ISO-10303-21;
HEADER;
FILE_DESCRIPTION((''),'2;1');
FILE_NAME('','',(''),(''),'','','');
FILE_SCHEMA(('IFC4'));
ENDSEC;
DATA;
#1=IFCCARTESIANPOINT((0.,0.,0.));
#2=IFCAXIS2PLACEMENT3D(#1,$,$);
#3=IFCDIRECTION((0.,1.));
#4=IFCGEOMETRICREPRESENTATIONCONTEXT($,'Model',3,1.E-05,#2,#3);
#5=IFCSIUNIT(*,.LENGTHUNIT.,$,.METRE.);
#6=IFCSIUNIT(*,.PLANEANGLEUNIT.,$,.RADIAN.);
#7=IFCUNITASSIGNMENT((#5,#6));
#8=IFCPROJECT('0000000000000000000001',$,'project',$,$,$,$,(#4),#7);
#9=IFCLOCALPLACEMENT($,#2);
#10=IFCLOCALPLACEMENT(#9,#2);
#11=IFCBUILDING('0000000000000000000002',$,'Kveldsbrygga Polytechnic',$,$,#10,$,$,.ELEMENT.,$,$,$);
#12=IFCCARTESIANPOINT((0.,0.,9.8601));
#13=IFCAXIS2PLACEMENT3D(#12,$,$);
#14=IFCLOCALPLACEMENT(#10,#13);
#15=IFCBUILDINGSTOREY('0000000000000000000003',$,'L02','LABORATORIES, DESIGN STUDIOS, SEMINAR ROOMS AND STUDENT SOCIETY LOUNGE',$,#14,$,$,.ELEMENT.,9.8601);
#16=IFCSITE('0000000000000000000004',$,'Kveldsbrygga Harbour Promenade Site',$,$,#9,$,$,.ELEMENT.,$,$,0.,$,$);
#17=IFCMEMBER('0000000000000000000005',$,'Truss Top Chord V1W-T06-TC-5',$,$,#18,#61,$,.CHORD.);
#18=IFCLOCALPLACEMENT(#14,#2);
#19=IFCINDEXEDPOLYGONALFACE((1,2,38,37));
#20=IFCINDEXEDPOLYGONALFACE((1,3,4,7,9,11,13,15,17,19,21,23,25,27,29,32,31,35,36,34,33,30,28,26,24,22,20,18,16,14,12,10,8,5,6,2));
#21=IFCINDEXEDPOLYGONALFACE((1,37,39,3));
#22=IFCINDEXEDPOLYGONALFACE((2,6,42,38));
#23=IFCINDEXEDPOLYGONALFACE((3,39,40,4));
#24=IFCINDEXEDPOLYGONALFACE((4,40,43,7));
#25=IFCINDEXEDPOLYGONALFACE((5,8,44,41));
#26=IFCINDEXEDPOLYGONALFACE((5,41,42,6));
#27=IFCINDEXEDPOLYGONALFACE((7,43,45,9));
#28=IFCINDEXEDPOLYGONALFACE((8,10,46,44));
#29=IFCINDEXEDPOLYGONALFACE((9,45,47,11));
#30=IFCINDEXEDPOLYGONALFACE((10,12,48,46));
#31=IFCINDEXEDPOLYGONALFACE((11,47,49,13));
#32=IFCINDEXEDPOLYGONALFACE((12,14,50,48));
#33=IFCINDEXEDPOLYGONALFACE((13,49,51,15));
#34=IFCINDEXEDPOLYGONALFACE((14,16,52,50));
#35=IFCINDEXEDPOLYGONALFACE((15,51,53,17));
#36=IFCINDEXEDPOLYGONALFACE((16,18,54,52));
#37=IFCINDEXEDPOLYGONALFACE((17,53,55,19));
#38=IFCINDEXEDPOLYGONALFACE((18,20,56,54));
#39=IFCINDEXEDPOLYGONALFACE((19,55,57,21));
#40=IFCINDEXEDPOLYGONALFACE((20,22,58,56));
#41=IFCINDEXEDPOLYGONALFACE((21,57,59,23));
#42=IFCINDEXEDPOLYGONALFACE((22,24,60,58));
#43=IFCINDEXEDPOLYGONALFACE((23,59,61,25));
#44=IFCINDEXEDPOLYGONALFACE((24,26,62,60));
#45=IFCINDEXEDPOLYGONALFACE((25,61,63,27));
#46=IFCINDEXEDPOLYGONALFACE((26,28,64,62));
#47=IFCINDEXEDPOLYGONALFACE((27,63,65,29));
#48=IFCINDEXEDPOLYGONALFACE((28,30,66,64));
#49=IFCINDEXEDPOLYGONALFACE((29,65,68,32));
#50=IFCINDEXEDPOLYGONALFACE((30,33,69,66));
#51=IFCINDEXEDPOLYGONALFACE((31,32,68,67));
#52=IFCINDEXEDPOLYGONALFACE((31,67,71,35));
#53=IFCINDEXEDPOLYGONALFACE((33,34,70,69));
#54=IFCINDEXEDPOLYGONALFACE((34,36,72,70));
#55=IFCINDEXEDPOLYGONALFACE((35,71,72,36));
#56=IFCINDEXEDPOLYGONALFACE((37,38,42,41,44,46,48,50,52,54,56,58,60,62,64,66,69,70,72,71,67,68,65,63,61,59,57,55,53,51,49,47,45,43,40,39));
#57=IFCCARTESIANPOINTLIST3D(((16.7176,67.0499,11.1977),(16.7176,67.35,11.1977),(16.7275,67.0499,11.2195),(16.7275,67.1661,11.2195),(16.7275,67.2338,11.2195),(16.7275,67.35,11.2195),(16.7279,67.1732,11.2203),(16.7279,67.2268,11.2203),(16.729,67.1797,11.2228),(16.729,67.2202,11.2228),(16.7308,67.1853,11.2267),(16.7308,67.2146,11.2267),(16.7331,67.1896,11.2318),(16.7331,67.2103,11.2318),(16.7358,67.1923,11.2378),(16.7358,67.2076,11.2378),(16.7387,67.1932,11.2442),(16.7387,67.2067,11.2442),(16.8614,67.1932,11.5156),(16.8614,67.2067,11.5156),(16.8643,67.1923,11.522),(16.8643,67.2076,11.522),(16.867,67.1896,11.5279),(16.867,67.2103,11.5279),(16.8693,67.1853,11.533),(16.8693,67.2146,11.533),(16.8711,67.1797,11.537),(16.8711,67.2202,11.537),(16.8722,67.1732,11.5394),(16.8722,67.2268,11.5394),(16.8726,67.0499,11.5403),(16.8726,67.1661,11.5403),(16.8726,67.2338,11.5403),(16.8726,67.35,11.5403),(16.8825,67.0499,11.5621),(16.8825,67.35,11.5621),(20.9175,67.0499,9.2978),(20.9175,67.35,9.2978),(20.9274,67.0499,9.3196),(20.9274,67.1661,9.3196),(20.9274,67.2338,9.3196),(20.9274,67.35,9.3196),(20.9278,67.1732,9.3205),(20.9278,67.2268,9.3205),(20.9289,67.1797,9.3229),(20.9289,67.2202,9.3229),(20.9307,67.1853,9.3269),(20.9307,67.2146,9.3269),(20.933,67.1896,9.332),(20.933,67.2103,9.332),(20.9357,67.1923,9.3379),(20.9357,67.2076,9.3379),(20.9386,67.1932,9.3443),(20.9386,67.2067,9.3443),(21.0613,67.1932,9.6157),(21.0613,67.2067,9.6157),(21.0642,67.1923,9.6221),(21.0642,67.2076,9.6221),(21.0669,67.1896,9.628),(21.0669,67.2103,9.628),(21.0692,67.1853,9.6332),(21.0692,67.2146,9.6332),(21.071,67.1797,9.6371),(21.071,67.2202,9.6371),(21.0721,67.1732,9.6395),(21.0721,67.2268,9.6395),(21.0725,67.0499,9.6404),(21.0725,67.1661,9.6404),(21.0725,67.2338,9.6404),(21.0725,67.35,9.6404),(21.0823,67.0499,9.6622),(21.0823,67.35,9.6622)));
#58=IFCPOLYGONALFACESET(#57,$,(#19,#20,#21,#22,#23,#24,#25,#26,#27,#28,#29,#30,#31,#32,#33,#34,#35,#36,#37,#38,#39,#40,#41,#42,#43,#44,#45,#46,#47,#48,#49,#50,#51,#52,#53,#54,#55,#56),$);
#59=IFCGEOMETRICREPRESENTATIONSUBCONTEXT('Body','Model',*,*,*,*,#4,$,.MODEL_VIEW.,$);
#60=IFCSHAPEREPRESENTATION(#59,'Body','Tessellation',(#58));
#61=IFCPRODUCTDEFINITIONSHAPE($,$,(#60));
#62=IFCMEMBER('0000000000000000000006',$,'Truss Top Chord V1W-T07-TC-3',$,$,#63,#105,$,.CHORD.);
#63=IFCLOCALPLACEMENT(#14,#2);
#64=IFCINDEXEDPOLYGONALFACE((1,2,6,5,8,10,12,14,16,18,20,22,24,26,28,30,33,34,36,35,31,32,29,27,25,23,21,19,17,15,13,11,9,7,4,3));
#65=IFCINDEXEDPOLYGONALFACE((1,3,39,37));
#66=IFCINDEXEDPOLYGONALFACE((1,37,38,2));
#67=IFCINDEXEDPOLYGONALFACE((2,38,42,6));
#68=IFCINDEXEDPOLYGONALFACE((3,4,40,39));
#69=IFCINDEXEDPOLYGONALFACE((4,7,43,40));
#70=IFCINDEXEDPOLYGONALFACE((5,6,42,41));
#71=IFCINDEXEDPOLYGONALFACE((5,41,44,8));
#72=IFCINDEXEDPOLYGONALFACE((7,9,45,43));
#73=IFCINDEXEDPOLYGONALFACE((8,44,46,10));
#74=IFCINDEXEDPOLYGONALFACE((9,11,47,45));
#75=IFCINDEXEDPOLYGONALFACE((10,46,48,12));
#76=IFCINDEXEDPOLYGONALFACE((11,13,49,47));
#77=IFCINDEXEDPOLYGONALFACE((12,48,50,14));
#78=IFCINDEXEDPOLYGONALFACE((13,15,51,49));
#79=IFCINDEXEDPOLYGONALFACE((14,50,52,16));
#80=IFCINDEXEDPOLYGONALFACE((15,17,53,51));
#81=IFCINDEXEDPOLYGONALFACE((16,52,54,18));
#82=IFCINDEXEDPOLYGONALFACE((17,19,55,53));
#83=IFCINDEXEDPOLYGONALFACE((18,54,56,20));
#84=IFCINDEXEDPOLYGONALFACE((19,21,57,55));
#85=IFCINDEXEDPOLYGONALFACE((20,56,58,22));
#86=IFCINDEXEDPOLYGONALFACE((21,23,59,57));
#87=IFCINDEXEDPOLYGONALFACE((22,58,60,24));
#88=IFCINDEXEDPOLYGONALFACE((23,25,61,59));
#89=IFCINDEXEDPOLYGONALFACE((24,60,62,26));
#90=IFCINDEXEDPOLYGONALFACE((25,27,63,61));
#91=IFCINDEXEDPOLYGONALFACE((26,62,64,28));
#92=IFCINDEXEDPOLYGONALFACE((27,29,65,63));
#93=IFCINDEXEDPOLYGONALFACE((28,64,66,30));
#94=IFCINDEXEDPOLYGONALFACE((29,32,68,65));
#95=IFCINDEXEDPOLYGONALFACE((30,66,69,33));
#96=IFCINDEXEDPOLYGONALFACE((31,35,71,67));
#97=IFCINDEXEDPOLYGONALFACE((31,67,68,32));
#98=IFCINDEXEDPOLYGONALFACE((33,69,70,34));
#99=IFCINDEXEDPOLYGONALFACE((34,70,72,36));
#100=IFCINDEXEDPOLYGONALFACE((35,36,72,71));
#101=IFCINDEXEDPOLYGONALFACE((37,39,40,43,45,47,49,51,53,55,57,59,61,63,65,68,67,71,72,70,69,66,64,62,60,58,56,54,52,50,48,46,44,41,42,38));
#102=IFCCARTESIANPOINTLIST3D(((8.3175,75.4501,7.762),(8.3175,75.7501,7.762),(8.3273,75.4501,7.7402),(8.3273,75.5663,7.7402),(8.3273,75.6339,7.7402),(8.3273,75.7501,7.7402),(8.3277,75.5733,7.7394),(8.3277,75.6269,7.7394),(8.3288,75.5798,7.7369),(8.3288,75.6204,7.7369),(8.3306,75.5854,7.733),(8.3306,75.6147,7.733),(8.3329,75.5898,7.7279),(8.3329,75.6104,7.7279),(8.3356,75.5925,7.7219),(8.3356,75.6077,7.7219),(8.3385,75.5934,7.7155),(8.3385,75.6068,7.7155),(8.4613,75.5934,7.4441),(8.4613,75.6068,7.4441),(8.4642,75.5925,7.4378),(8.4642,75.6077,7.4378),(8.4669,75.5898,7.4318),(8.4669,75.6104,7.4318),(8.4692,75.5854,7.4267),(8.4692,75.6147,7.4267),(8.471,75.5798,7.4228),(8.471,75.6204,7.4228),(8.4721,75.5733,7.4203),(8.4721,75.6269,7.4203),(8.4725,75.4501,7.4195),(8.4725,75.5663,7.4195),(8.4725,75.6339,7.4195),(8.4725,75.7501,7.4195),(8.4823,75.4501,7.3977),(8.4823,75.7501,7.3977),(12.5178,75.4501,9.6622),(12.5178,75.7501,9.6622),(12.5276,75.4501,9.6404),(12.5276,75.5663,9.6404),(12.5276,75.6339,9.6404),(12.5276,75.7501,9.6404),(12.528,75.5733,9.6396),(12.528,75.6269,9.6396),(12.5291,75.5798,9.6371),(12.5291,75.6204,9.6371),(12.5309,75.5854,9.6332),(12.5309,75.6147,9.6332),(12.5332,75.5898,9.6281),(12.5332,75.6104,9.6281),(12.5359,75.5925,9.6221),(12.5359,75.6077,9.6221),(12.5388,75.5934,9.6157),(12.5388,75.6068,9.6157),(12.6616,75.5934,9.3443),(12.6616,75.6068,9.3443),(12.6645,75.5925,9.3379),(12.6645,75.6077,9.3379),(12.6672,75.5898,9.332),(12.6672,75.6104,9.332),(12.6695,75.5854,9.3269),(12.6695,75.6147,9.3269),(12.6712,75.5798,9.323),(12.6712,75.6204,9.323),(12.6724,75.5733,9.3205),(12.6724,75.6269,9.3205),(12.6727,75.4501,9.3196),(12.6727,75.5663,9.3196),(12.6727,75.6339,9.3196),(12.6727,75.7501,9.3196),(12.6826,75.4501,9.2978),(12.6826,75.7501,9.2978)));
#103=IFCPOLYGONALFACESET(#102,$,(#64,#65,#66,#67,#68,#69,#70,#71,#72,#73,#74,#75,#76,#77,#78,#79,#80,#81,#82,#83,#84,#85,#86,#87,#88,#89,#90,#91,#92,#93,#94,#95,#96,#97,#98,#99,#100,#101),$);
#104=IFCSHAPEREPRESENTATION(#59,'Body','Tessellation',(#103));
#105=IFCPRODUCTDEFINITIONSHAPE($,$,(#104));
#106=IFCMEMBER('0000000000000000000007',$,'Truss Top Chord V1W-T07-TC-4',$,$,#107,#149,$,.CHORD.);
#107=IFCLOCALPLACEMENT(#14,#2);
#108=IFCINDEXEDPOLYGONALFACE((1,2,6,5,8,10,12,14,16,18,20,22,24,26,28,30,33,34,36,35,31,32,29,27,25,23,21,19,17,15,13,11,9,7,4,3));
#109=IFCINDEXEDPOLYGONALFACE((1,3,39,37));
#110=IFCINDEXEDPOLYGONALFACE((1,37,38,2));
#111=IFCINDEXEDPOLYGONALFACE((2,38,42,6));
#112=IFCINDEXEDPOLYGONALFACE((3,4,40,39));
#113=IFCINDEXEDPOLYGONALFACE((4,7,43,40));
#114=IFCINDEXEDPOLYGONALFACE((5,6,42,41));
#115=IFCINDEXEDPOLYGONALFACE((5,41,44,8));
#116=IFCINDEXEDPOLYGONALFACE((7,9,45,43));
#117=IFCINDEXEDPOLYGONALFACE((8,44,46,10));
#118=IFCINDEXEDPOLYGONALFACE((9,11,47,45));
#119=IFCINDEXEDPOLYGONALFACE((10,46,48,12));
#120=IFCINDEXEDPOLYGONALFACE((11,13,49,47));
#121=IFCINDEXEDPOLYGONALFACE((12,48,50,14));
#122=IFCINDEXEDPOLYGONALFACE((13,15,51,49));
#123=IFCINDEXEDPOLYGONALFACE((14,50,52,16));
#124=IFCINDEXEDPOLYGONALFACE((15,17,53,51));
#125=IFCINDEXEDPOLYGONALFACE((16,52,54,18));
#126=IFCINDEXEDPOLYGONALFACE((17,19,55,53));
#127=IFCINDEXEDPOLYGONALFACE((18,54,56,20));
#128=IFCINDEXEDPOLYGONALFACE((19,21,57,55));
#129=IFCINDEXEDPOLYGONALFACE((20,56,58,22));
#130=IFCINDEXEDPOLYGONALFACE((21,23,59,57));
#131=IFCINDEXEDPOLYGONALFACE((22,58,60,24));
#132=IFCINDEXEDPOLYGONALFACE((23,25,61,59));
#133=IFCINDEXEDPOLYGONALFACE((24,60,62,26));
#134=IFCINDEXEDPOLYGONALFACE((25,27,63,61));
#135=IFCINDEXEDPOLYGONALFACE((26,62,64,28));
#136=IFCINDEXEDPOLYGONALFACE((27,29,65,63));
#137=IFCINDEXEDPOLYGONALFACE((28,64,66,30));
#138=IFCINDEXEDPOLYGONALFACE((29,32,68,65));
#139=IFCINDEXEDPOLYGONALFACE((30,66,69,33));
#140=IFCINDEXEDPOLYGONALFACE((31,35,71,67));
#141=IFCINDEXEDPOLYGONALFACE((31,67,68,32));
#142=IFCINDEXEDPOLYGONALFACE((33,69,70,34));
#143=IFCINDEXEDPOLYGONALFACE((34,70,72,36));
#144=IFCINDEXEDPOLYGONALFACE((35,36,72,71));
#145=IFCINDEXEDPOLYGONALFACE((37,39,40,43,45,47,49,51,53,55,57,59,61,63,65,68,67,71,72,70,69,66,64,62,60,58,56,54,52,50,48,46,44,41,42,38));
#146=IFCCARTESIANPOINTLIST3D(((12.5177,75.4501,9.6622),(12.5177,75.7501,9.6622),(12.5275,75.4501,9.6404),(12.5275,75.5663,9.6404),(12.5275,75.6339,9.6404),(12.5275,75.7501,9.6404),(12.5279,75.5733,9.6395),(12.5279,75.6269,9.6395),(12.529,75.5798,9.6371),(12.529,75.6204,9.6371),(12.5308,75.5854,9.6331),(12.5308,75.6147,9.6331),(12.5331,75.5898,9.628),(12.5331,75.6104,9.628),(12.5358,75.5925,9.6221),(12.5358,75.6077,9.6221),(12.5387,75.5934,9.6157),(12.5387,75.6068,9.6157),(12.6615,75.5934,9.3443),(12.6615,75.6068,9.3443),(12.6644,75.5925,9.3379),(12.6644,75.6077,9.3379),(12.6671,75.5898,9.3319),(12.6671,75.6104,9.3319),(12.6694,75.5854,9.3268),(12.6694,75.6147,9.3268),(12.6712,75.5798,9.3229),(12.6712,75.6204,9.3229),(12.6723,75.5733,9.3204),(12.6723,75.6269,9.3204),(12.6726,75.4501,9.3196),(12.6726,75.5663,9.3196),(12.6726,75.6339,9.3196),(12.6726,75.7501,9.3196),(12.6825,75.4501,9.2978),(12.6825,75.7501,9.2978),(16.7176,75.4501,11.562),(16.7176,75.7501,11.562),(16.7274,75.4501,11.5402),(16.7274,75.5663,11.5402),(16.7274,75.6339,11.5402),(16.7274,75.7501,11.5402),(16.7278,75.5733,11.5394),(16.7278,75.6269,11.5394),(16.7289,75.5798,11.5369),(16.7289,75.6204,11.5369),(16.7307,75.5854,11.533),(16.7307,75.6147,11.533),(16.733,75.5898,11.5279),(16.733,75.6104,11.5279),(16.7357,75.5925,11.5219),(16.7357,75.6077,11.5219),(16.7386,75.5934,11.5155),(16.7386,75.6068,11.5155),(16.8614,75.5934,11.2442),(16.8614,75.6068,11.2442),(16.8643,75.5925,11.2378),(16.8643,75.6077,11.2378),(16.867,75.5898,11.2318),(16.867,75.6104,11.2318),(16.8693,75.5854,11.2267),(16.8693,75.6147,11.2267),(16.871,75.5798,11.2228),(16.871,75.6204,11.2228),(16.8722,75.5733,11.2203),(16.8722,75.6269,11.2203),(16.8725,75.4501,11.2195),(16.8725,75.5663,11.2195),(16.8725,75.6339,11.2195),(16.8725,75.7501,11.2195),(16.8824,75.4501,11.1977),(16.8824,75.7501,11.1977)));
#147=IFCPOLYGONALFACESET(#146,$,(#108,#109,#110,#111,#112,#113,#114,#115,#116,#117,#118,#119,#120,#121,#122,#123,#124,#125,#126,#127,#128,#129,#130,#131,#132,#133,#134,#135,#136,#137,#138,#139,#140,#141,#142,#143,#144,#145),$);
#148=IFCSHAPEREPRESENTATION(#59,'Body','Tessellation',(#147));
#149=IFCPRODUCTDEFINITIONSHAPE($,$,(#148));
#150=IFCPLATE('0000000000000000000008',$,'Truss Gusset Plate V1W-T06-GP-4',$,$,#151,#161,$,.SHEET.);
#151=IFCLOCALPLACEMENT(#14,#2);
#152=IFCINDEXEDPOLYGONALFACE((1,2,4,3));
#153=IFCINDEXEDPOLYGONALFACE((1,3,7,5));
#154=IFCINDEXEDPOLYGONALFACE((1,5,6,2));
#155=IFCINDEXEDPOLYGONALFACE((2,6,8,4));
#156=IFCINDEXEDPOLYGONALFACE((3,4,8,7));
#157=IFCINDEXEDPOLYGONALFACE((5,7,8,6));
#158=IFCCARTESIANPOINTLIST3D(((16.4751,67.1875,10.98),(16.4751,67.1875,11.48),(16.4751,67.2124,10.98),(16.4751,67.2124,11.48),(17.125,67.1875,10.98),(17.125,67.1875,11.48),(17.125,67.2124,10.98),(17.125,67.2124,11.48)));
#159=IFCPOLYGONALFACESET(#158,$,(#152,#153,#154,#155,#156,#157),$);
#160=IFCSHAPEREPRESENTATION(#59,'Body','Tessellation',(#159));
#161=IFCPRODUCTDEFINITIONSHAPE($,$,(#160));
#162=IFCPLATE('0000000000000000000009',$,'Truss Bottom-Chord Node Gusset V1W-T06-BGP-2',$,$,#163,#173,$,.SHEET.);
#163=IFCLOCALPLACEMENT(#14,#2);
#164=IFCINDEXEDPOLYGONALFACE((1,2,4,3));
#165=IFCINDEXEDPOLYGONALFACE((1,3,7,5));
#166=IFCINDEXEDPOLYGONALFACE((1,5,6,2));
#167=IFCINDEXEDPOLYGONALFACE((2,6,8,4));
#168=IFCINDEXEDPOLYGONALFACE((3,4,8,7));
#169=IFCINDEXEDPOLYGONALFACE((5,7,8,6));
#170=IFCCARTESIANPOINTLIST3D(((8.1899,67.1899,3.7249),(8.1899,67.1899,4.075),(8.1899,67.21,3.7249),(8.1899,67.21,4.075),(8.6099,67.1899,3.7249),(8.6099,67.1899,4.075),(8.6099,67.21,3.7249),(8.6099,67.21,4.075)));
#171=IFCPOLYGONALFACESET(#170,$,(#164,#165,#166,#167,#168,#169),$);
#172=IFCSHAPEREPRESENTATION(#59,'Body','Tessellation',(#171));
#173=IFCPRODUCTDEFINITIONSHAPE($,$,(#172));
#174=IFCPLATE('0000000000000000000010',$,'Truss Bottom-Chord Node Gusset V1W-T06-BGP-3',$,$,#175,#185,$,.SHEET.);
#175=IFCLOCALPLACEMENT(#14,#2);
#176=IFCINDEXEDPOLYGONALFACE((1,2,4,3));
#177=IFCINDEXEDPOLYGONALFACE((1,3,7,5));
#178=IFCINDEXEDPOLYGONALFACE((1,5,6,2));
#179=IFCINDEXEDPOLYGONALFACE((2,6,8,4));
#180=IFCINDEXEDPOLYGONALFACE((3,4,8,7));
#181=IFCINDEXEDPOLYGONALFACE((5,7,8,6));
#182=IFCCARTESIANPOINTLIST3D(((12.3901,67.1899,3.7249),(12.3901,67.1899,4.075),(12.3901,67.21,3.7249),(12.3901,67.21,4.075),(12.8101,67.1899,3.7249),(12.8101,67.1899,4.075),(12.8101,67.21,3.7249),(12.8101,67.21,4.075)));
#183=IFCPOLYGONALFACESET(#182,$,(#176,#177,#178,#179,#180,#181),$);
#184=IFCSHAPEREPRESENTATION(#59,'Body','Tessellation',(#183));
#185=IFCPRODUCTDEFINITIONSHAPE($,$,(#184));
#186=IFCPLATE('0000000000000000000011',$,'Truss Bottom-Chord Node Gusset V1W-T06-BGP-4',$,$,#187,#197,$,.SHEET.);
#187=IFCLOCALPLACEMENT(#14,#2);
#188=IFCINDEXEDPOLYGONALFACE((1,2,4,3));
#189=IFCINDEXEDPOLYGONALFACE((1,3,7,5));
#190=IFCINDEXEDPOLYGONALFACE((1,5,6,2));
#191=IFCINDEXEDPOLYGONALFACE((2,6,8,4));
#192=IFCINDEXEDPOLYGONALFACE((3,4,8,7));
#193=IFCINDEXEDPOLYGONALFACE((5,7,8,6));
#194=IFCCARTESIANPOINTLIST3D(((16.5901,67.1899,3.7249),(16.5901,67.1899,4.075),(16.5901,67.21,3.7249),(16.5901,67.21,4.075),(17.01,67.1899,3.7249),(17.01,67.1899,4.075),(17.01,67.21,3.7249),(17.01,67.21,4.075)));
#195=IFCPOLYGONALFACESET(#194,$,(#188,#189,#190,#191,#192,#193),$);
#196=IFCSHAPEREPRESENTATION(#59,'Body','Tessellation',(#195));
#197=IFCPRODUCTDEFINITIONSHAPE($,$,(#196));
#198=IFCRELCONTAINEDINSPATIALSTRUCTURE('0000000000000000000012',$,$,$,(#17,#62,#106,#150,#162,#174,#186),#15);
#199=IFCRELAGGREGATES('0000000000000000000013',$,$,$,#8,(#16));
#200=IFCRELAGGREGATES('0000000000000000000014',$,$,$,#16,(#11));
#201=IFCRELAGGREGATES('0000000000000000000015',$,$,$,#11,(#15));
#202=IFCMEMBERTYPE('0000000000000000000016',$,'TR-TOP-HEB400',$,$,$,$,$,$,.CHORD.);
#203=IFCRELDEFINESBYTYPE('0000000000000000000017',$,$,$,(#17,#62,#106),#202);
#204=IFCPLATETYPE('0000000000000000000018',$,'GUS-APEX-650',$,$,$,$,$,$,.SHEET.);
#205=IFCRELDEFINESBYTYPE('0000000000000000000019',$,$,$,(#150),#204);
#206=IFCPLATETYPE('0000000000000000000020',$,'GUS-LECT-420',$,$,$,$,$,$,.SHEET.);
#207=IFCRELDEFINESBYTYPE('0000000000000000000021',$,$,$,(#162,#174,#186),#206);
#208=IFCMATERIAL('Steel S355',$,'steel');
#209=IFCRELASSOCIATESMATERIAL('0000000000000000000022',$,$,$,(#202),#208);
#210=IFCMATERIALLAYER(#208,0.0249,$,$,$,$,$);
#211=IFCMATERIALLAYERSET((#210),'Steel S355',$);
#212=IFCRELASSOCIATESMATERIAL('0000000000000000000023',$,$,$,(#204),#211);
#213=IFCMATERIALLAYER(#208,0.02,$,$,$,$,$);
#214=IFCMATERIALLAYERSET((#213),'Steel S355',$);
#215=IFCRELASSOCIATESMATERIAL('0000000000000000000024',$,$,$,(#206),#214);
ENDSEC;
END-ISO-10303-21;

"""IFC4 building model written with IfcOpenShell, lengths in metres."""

from ifc_helpers import new_model, si_unit, direction, frame, origin, origin_2d, place, context, subcontext, project, spatial, rectangle, i_section, extrude, material, layer, layer_set, material_profile, profile_set, type_object, element, save


model = new_model("IFC4")

# Units and contexts
model_context = context("Model", 3, precision=1e-05, world=origin(), true_north=direction((0.0, 1.0)))
body_context = subcontext(model_context, "Body", "Model", "MODEL_VIEW")
ifc_project = project(units=[si_unit("LENGTHUNIT", "METRE"), si_unit("PLANEANGLEUNIT", "RADIAN")], contexts=[model_context])

# Site, building, storey
site_placement = place(None, origin())
site = spatial("IfcSite", under=ifc_project, at=site_placement, Name="Kveldsbrygga Harbour Promenade Site", CompositionType="ELEMENT", RefElevation=0.0)
building_placement = place(site_placement, origin())
building = spatial("IfcBuilding", under=site, at=building_placement, Name="Kveldsbrygga Polytechnic", CompositionType="ELEMENT")
storey_placement = place(building_placement, frame((0.0, 0.0, 9.8601)))
storey = spatial("IfcBuildingStorey", under=building, at=storey_placement, Name="L02", Description="LABORATORIES, DESIGN STUDIOS, SEMINAR ROOMS AND STUDENT SOCIETY LOUNGE", CompositionType="ELEMENT", Elevation=9.8601)

# Members
ifc_material_1 = material(Name="Steel S355", Category="steel")
ifc_material_profile_1 = material_profile(ifc_material_1, i_section(OverallWidth=0.3, OverallDepth=0.3999, WebThickness=0.0134, FlangeThickness=0.0239, FilletRadius=0.0271, at=origin_2d()), Name="HEB 400")
ifc_profile_set_1 = profile_set([ifc_material_profile_1], Name="Steel S355")
member_type_1 = type_object("IfcMemberType", Name="TR-TOP-HEB400", PredefinedType="CHORD", material=ifc_profile_set_1)
for number, where, z_axis, x_axis, name in (
    (1, (16.8, 67.2, 11.3799), (0.911114, 0.0, -0.412154), (0.0, 1.0, 0.0), "Truss Top Chord V1W-T06-TC-5"),
):
    element("IfcMember", number, at=place(storey_placement, frame(where, z_axis=z_axis, x_axis=x_axis)), inside=storey, type_object=member_type_1, Name=name, PredefinedType="CHORD", context=body_context, shape_type="SweptSolid", body=[
        extrude(i_section(OverallWidth=0.3, OverallDepth=0.3999, WebThickness=0.0134, FlangeThickness=0.0239, FilletRadius=0.0271, at=origin_2d()), origin(), (0.0, 0.0, 1.0), 4.6096),
    ])
member_1_placement = place(storey_placement, frame((8.3999, 75.6001, 7.5798), z_axis=(0.911103, 0.0, 0.412178), x_axis=(0.0, 1.0, 0.0)))
element("IfcMember", 2, at=member_1_placement, inside=storey, type_object=member_type_1, Name="Truss Top Chord V1W-T07-TC-3", PredefinedType="CHORD", context=body_context, shape_type="SweptSolid", body=[
    extrude(i_section(OverallWidth=0.3, OverallDepth=0.3999, WebThickness=0.0134, FlangeThickness=0.0239, FilletRadius=0.0271, at=origin_2d()), origin(), (0.0, 0.0, 1.0), 4.6101),
])
member_2_placement = place(storey_placement, frame((12.6001, 75.6001, 9.48), z_axis=(0.911114, 0.0, 0.412154), x_axis=(0.0, 1.0, 0.0)))
element("IfcMember", 3, at=member_2_placement, inside=storey, type_object=member_type_1, Name="Truss Top Chord V1W-T07-TC-4", PredefinedType="CHORD", context=body_context, shape_type="SweptSolid", body=[
    extrude(i_section(OverallWidth=0.3, OverallDepth=0.3999, WebThickness=0.0134, FlangeThickness=0.0239, FilletRadius=0.0271, at=origin_2d()), origin(), (0.0, 0.0, 1.0), 4.6096),
])

# Plates
ifc_layer_1 = layer(ifc_material_1, 0.0249)
ifc_layer_set_1 = layer_set([ifc_layer_1], Name="Steel S355")
plate_type_1 = type_object("IfcPlateType", Name="GUS-APEX-650", PredefinedType="SHEET", material=ifc_layer_set_1)
plate_placement = place(storey_placement, frame((16.8, 67.2, 10.98), z_axis=(0.0, 0.0, 1.0), x_axis=(1.0, 0.0, 0.0)))
element("IfcPlate", 4, at=plate_placement, inside=storey, type_object=plate_type_1, Name="Truss Gusset Plate V1W-T06-GP-4", PredefinedType="SHEET", context=body_context, shape_type="SweptSolid", body=[
    extrude(rectangle(XDim=0.6499, YDim=0.0249, at=origin_2d()), origin(), (0.0, 0.0, 1.0), 0.5),
])
ifc_layer_2 = layer(ifc_material_1, 0.02)
ifc_layer_set_2 = layer_set([ifc_layer_2], Name="Steel S355")
plate_type_2 = type_object("IfcPlateType", Name="GUS-LECT-420", PredefinedType="SHEET", material=ifc_layer_set_2)
for number, where, z_axis, x_axis, name in (
    (5, (8.3999, 67.2, 3.7249), (0.0, 0.0, 1.0), (1.0, 0.0, 0.0), "Truss Bottom-Chord Node Gusset V1W-T06-BGP-2"),
    (6, (12.6001, 67.2, 3.7249), (0.0, 0.0, 1.0), (1.0, 0.0, 0.0), "Truss Bottom-Chord Node Gusset V1W-T06-BGP-3"),
    (7, (16.8, 67.2, 3.7249), (0.0, 0.0, 1.0), (1.0, 0.0, 0.0), "Truss Bottom-Chord Node Gusset V1W-T06-BGP-4"),
):
    element("IfcPlate", number, at=place(storey_placement, frame(where, z_axis=z_axis, x_axis=x_axis)), inside=storey, type_object=plate_type_2, Name=name, PredefinedType="SHEET", context=body_context, shape_type="SweptSolid", body=[
        extrude(rectangle(XDim=0.4199, YDim=0.02, at=origin_2d()), origin(), (0.0, 0.0, 1.0), 0.3501),
    ])

save(model, "model.ifc")
